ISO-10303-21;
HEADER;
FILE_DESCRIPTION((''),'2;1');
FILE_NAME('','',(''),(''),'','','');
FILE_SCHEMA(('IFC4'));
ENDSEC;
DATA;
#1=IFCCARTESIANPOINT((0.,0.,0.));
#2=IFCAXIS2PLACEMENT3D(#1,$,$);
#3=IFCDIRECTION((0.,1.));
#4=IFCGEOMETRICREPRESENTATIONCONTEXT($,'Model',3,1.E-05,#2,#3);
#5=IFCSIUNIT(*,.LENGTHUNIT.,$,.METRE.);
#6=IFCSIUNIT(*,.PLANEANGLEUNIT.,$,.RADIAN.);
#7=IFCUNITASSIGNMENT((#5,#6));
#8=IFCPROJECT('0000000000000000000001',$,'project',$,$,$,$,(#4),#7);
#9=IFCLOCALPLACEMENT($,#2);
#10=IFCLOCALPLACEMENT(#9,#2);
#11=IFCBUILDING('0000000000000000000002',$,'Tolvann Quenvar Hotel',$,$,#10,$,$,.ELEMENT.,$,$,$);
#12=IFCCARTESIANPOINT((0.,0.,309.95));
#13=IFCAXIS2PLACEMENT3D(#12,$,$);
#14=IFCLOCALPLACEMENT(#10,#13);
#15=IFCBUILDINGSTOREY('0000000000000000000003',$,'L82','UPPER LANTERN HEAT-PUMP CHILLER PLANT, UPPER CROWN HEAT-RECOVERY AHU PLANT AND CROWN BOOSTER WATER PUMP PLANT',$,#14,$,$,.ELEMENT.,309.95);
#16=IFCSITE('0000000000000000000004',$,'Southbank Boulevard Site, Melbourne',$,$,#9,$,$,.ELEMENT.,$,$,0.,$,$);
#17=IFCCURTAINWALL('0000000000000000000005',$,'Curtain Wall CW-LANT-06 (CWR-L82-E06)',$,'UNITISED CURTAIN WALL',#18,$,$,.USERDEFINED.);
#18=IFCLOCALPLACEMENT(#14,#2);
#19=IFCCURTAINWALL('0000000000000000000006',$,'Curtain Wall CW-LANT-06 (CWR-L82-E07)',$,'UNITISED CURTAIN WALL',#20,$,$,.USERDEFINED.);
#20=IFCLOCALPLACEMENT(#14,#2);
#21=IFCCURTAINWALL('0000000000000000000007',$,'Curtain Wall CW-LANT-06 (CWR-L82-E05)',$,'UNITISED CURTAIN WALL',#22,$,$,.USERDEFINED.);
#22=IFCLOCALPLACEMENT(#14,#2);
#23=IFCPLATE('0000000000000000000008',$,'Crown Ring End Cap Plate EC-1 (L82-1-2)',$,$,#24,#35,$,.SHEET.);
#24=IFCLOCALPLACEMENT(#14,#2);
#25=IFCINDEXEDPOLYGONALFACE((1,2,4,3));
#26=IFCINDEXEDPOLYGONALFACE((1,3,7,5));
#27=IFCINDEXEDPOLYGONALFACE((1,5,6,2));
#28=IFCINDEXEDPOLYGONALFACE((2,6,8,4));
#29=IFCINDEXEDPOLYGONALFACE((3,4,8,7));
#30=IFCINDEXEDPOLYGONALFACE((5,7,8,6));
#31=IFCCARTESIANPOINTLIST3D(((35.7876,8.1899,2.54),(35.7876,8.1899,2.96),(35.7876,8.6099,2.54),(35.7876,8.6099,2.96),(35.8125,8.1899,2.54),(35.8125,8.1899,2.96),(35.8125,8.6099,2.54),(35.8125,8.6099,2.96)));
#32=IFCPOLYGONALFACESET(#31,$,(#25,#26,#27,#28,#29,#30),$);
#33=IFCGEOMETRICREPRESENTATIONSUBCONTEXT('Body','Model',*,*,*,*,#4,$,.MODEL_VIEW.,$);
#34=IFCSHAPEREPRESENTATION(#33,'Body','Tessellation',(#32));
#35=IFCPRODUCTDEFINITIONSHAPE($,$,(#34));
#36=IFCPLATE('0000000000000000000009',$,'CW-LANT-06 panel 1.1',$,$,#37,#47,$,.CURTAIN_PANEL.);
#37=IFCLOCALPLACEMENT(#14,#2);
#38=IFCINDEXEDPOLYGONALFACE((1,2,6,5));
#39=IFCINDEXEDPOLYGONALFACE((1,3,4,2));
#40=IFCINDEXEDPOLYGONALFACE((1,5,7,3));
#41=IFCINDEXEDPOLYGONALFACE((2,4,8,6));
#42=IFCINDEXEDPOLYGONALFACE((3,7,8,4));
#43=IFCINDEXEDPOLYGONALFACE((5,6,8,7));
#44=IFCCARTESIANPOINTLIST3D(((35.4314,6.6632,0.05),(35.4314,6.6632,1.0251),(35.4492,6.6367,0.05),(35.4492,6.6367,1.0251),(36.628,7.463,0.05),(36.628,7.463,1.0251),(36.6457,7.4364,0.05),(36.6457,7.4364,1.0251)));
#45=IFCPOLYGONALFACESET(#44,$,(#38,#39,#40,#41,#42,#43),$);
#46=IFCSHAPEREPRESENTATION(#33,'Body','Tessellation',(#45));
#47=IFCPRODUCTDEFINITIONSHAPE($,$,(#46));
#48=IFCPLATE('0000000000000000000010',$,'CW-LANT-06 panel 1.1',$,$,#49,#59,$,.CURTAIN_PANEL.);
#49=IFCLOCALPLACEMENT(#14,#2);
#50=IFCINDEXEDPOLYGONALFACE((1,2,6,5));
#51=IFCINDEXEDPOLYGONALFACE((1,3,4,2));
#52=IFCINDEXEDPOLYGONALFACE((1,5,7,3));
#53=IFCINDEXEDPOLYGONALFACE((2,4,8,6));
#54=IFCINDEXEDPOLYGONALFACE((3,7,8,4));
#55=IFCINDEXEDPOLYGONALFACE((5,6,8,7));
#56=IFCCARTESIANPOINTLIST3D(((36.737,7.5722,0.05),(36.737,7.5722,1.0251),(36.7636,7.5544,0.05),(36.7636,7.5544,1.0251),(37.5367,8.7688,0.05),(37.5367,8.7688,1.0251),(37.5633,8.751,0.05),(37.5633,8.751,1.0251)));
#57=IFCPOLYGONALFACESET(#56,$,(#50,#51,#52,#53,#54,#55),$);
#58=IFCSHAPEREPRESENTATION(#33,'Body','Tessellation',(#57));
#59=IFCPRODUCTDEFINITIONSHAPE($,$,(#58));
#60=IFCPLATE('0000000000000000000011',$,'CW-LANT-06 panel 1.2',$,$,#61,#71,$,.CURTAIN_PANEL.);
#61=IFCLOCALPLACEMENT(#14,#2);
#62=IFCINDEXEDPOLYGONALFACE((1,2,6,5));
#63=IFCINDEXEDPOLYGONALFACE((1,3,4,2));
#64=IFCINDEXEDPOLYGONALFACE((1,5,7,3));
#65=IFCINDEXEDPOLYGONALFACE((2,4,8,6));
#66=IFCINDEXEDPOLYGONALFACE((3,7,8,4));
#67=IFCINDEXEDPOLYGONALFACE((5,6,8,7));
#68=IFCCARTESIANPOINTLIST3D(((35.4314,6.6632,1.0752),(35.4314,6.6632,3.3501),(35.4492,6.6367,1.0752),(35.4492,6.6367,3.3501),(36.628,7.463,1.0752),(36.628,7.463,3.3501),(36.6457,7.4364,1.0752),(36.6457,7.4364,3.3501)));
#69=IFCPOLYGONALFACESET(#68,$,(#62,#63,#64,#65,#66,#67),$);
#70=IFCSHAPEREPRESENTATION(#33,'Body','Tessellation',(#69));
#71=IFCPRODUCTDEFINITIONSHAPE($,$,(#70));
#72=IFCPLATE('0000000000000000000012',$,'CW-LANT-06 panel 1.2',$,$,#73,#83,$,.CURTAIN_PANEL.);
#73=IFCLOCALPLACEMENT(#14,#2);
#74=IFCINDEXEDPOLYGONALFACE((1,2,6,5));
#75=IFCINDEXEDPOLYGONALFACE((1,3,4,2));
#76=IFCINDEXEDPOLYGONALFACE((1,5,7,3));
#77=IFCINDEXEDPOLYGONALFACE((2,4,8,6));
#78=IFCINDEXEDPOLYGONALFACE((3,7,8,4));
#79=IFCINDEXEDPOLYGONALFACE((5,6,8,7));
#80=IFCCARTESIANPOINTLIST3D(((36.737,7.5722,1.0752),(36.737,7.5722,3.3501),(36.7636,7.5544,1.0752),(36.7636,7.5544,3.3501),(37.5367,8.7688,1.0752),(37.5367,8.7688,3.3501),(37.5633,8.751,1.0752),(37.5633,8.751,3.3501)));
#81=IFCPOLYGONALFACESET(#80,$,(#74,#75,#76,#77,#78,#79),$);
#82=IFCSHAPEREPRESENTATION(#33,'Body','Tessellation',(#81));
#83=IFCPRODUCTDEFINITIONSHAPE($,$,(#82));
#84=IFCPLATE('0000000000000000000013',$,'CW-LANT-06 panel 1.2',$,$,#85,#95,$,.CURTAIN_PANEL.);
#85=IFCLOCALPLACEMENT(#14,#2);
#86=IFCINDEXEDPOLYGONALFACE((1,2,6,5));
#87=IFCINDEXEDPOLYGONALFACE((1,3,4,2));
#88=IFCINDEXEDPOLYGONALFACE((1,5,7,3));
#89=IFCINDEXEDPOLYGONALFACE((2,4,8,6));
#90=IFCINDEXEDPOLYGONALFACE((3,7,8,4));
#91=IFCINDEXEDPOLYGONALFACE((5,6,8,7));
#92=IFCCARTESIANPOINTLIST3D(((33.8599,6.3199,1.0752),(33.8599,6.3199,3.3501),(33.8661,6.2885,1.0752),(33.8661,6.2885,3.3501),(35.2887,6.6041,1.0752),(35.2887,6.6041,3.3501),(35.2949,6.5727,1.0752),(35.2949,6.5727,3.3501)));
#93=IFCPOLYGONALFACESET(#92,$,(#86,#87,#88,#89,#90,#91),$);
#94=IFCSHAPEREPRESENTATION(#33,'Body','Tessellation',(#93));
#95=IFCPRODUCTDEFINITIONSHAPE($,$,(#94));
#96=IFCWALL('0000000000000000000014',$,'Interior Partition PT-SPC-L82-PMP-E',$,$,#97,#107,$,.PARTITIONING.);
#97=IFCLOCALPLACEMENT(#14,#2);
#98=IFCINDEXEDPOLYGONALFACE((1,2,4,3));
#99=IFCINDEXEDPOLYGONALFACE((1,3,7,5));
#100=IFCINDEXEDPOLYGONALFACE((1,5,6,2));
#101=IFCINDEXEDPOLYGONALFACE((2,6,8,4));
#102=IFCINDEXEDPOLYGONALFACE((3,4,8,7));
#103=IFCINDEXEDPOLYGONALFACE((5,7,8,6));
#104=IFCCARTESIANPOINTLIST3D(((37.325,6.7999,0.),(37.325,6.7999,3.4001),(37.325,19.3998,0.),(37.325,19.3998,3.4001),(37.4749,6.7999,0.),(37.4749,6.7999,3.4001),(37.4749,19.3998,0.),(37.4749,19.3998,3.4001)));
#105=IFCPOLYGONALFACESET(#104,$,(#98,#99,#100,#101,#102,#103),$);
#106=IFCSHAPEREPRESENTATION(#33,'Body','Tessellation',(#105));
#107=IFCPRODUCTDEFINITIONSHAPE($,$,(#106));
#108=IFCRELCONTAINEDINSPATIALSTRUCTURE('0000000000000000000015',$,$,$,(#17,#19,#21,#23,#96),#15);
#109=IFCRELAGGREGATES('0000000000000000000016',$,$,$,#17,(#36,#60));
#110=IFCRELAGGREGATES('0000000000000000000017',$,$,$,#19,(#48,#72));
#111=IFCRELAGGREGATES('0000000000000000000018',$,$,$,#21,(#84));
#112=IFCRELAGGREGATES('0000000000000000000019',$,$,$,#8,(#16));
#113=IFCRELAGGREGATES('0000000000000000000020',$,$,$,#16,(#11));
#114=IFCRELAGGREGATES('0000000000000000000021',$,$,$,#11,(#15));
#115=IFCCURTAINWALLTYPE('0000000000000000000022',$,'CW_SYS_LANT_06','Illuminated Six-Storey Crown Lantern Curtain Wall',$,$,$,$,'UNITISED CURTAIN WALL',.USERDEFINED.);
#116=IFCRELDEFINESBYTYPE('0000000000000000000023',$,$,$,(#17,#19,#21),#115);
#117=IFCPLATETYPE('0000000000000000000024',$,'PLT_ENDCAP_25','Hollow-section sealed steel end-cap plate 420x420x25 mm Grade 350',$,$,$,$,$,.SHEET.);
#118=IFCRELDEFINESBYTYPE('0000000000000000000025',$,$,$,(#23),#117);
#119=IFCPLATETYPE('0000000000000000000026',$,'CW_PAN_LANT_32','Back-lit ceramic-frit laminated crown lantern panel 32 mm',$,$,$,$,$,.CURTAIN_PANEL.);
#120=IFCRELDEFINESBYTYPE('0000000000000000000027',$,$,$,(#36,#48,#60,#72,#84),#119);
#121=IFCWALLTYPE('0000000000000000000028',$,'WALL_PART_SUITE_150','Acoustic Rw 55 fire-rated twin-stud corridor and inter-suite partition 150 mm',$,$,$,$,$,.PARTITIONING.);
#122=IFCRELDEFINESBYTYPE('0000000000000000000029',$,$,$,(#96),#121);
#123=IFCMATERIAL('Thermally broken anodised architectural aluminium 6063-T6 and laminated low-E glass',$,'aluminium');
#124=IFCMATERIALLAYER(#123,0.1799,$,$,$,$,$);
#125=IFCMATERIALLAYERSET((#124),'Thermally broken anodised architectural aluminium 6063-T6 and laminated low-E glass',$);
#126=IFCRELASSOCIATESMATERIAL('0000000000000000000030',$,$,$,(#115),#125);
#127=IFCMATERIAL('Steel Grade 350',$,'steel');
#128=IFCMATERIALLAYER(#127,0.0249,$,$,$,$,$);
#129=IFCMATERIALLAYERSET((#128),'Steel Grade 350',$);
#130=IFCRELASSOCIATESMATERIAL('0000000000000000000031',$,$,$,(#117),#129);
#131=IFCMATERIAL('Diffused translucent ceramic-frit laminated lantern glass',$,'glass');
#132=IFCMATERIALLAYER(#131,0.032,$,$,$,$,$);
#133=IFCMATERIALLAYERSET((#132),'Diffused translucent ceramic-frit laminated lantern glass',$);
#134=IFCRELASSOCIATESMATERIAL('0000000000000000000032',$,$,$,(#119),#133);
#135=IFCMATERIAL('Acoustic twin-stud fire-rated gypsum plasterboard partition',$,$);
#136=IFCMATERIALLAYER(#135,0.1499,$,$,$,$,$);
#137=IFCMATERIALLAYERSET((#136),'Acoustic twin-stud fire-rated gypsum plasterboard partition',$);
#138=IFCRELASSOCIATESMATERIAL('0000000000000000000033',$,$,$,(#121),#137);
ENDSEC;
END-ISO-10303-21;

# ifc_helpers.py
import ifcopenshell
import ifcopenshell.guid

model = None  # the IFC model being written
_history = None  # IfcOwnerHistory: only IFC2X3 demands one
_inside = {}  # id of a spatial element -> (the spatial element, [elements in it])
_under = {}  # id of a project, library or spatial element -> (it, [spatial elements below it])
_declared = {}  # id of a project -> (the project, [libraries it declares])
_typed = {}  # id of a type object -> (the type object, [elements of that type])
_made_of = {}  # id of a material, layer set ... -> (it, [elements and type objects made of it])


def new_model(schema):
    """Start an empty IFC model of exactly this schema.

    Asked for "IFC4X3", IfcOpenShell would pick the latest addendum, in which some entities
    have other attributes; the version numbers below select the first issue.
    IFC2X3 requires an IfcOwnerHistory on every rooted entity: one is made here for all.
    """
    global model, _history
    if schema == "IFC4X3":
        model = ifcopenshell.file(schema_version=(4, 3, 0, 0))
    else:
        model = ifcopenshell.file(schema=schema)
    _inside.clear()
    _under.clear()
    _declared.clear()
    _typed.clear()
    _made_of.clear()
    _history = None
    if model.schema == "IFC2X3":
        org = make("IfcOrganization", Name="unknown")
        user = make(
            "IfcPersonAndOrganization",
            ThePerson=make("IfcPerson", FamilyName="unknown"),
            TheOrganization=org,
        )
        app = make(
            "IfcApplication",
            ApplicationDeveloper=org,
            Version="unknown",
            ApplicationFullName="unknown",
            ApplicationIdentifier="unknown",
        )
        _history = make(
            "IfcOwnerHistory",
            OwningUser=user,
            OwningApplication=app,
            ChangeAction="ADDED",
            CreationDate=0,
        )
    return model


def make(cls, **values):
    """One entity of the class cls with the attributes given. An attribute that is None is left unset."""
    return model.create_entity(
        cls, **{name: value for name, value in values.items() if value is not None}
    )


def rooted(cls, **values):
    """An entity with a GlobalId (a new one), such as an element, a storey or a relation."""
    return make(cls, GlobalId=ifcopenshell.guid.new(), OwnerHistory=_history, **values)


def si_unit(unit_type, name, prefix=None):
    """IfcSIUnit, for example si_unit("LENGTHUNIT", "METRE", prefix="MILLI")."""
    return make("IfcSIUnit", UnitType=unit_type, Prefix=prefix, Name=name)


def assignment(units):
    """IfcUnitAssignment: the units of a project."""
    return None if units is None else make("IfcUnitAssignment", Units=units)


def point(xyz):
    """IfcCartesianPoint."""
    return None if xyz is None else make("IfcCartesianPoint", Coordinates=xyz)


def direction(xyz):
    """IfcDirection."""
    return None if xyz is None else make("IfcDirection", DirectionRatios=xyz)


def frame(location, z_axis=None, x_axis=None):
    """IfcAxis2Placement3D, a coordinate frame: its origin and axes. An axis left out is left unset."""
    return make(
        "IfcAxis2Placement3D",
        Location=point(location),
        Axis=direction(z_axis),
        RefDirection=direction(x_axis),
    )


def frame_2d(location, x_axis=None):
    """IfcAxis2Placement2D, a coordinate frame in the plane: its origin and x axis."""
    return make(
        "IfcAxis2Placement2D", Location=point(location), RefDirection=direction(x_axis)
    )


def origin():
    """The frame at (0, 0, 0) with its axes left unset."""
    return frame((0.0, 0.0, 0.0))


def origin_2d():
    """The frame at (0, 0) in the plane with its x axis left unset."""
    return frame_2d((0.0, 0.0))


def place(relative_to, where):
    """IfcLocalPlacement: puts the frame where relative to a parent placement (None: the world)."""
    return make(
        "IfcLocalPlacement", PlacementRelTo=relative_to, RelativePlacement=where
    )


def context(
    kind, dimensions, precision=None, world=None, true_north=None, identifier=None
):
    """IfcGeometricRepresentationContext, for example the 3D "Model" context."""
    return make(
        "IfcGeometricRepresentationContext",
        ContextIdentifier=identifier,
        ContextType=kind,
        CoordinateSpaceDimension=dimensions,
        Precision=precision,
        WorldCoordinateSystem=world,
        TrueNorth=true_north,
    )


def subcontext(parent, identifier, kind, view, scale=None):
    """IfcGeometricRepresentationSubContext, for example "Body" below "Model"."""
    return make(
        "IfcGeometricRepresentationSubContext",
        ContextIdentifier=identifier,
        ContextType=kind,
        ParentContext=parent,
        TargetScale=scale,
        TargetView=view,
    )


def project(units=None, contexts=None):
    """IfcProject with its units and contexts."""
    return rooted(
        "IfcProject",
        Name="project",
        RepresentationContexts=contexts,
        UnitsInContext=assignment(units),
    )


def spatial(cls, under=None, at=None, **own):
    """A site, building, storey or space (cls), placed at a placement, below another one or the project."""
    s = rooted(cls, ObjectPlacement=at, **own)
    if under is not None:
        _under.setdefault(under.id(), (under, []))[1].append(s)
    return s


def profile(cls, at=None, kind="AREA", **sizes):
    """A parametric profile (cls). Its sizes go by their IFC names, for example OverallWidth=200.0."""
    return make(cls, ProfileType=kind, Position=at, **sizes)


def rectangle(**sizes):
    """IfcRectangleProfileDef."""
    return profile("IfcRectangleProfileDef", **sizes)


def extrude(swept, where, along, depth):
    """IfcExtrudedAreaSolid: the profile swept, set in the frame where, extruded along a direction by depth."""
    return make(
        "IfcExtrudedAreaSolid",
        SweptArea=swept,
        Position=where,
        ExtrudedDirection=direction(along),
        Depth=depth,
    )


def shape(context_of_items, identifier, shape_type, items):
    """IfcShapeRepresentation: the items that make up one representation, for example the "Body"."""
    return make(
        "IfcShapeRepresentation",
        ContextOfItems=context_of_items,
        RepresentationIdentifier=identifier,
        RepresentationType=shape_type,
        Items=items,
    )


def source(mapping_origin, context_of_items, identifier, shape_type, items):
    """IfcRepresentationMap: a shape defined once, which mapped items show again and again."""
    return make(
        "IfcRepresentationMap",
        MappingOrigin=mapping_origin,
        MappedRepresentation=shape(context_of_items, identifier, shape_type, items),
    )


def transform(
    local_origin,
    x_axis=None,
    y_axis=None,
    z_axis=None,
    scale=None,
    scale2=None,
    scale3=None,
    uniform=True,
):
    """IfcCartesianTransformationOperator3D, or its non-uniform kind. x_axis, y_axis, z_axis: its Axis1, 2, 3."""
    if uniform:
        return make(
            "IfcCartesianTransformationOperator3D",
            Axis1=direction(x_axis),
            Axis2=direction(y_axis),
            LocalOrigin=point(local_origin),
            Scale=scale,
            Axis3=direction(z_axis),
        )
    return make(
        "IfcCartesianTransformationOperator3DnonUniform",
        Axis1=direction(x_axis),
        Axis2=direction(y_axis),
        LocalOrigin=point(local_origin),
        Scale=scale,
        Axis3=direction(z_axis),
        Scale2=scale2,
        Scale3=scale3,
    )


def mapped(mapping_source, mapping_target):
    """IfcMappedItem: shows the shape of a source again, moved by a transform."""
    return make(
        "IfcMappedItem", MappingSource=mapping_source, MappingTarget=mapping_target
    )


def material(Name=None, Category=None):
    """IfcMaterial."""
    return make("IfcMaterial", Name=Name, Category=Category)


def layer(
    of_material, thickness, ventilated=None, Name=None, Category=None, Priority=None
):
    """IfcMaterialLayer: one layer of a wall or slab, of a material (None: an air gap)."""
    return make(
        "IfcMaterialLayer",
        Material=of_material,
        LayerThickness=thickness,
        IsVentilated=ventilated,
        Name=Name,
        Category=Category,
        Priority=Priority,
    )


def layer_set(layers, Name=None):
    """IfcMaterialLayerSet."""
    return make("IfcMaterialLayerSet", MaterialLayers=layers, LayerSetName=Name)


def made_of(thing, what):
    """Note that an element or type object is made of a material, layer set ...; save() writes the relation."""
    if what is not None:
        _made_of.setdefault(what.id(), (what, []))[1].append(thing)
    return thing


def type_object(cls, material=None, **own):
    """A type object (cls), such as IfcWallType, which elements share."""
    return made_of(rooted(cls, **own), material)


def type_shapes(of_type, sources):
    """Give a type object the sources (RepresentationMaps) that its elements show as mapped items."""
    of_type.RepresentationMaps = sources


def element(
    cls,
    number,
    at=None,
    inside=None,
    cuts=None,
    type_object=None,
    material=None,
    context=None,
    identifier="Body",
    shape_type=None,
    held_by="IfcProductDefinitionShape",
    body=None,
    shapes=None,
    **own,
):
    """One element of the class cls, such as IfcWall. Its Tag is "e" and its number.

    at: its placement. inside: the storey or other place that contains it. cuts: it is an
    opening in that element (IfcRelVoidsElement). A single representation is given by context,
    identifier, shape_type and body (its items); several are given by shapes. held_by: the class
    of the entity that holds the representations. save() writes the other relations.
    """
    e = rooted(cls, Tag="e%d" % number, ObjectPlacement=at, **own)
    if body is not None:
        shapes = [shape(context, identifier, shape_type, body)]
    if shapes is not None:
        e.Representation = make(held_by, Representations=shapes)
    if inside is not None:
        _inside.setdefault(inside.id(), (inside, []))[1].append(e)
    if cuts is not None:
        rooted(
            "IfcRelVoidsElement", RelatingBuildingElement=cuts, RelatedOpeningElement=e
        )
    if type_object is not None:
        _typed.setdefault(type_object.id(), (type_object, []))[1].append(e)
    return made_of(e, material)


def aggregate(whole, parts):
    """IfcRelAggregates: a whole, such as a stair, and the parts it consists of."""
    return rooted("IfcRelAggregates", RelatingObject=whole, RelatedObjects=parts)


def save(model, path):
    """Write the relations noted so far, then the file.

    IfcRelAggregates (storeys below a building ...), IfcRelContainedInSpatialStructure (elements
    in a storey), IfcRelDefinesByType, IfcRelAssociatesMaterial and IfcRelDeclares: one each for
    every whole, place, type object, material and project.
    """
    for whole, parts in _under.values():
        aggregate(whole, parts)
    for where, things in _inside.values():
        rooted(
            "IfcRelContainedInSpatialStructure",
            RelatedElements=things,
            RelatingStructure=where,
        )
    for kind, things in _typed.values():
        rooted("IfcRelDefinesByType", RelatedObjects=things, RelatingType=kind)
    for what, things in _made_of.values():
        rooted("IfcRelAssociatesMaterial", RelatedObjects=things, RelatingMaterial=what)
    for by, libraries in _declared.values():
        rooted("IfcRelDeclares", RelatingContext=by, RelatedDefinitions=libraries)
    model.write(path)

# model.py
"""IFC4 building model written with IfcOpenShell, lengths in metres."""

from ifc_helpers import new_model, si_unit, direction, frame, frame_2d, origin, origin_2d, place, context, subcontext, project, spatial, rectangle, extrude, source, transform, mapped, material, layer, layer_set, type_object, type_shapes, element, aggregate, save


model = new_model("IFC4")

# Units and contexts
model_context = context("Model", 3, precision=1e-05, world=origin(), true_north=direction((0.0, 1.0)))
body_context = subcontext(model_context, "Body", "Model", "MODEL_VIEW")
ifc_project = project(units=[si_unit("LENGTHUNIT", "METRE"), si_unit("PLANEANGLEUNIT", "RADIAN")], contexts=[model_context])

# Site, building, storey
site_placement = place(None, origin())
site = spatial("IfcSite", under=ifc_project, at=site_placement, Name="Southbank Boulevard Site, Melbourne", CompositionType="ELEMENT", RefElevation=0.0)
building_placement = place(site_placement, origin())
building = spatial("IfcBuilding", under=site, at=building_placement, Name="Tolvann Quenvar Hotel", CompositionType="ELEMENT")
storey_placement = place(building_placement, frame((0.0, 0.0, 309.95)))
storey = spatial("IfcBuildingStorey", under=building, at=storey_placement, Name="L82", Description="UPPER LANTERN HEAT-PUMP CHILLER PLANT, UPPER CROWN HEAT-RECOVERY AHU PLANT AND CROWN BOOSTER WATER PUMP PLANT", CompositionType="ELEMENT", Elevation=309.95)

# Shared definitions
ifc_material_1 = material(Name="Steel Grade 350", Category="steel")

# Curtain walls
ifc_material_2 = material(Name="Thermally broken anodised architectural aluminium 6063-T6 and laminated low-E glass", Category="aluminium")
ifc_layer_1 = layer(ifc_material_2, 0.1799)
ifc_layer_set_1 = layer_set([ifc_layer_1], Name="Thermally broken anodised architectural aluminium 6063-T6 and laminated low-E glass")
curtain_wall_type = type_object("IfcCurtainWallType", Name="CW_SYS_LANT_06", Description="Illuminated Six-Storey Crown Lantern Curtain Wall", ElementType="UNITISED CURTAIN WALL", PredefinedType="USERDEFINED", material=ifc_layer_set_1)
curtain_wall_1_placement = place(storey_placement, origin())
curtain_wall_1 = element("IfcCurtainWall", 1, at=curtain_wall_1_placement, inside=storey, type_object=curtain_wall_type, Name="Curtain Wall CW-LANT-06 (CWR-L82-E06)", ObjectType="UNITISED CURTAIN WALL", PredefinedType="USERDEFINED")
curtain_wall_2_placement = place(storey_placement, origin())
curtain_wall_2 = element("IfcCurtainWall", 2, at=curtain_wall_2_placement, inside=storey, type_object=curtain_wall_type, Name="Curtain Wall CW-LANT-06 (CWR-L82-E07)", ObjectType="UNITISED CURTAIN WALL", PredefinedType="USERDEFINED")

# Curtain wall
curtain_wall_3_placement = place(storey_placement, origin())
curtain_wall_3 = element("IfcCurtainWall", 3, at=curtain_wall_3_placement, inside=storey, type_object=curtain_wall_type, Name="Curtain Wall CW-LANT-06 (CWR-L82-E05)", ObjectType="UNITISED CURTAIN WALL", PredefinedType="USERDEFINED")

# Plates
ifc_layer_2 = layer(ifc_material_1, 0.0249)
ifc_layer_set_2 = layer_set([ifc_layer_2], Name="Steel Grade 350")
plate_type_1 = type_object("IfcPlateType", Name="PLT_ENDCAP_25", Description="Hollow-section sealed steel end-cap plate 420x420x25 mm Grade 350", PredefinedType="SHEET", material=ifc_layer_set_2)
shared_shape_1 = source(origin(), body_context, "Body", "SweptSolid", [
    extrude(rectangle(XDim=0.0249, YDim=0.4199, at=origin_2d()), origin(), (0.0, 0.0, 1.0), 0.4199),
])
type_shapes(plate_type_1, [shared_shape_1])
plate_1_placement = place(storey_placement, frame((35.8, 8.3999, 2.54), z_axis=(0.0, 0.0, 1.0), x_axis=(1.0, 0.0, 0.0)))
element("IfcPlate", 4, at=plate_1_placement, inside=storey, type_object=plate_type_1, Name="Crown Ring End Cap Plate EC-1 (L82-1-2)", PredefinedType="SHEET", context=body_context, shape_type="MappedRepresentation", body=[
    mapped(shared_shape_1, transform((0.0, 0.0, 0.0), x_axis=(1.0, 0.0, 0.0), y_axis=(0.0, 1.0, 0.0), z_axis=(0.0, 0.0, 1.0), scale=1.0)),
])
ifc_material_3 = material(Name="Diffused translucent ceramic-frit laminated lantern glass", Category="glass")
ifc_layer_3 = layer(ifc_material_3, 0.032)
ifc_layer_set_3 = layer_set([ifc_layer_3], Name="Diffused translucent ceramic-frit laminated lantern glass")
plate_type_2 = type_object("IfcPlateType", Name="CW_PAN_LANT_32", Description="Back-lit ceramic-frit laminated crown lantern panel 32 mm", PredefinedType="CURTAIN_PANEL", material=ifc_layer_set_3)
shared_shape_2 = source(origin(), body_context, "Body", "SweptSolid", [
    extrude(rectangle(XDim=1.4392, YDim=0.032, at=origin_2d()), origin(), (0.0, 0.0, 1.0), 0.9751),
])
plate_2_placement = place(storey_placement, frame((36.0386, 7.0498, 0.05), z_axis=(0.0, 0.0, 1.0), x_axis=(0.831412, 0.555656, 0.0)))
plate_2 = element("IfcPlate", 5, at=plate_2_placement, type_object=plate_type_2, Name="CW-LANT-06 panel 1.1", PredefinedType="CURTAIN_PANEL", context=body_context, shape_type="MappedRepresentation", body=[
    mapped(shared_shape_2, transform((0.0, 0.0, 0.0), x_axis=(1.0, 0.0, 0.0), y_axis=(0.0, 1.0, 0.0), z_axis=(0.0, 0.0, 1.0), scale=1.0)),
])
plate_3_placement = place(storey_placement, frame((37.1501, 8.1616, 0.05), z_axis=(0.0, 0.0, 1.0), x_axis=(0.555656, 0.831412, 0.0)))
plate_3 = element("IfcPlate", 6, at=plate_3_placement, type_object=plate_type_2, Name="CW-LANT-06 panel 1.1", PredefinedType="CURTAIN_PANEL", context=body_context, shape_type="MappedRepresentation", body=[
    mapped(shared_shape_2, transform((0.0, 0.0, 0.0), x_axis=(1.0, 0.0, 0.0), y_axis=(0.0, 1.0, 0.0), z_axis=(0.0, 0.0, 1.0), scale=1.0)),
])
shared_shape_3 = source(origin(), body_context, "Body", "SweptSolid", [
    extrude(rectangle(XDim=1.4392, YDim=0.032, at=origin_2d()), origin(), (0.0, 0.0, 1.0), 2.2749),
])
plate_4_placement = place(storey_placement, frame((36.0386, 7.0498, 1.0752), z_axis=(0.0, 0.0, 1.0), x_axis=(0.831412, 0.555656, 0.0)))
plate_4 = element("IfcPlate", 7, at=plate_4_placement, type_object=plate_type_2, Name="CW-LANT-06 panel 1.2", PredefinedType="CURTAIN_PANEL", context=body_context, shape_type="MappedRepresentation", body=[
    mapped(shared_shape_3, transform((0.0, 0.0, 0.0), x_axis=(1.0, 0.0, 0.0), y_axis=(0.0, 1.0, 0.0), z_axis=(0.0, 0.0, 1.0), scale=1.0)),
])
aggregate(curtain_wall_1, [plate_2, plate_4])
plate_5_placement = place(storey_placement, frame((37.1501, 8.1616, 1.0752), z_axis=(0.0, 0.0, 1.0), x_axis=(0.555656, 0.831412, 0.0)))
plate_5 = element("IfcPlate", 8, at=plate_5_placement, type_object=plate_type_2, Name="CW-LANT-06 panel 1.2", PredefinedType="CURTAIN_PANEL", context=body_context, shape_type="MappedRepresentation", body=[
    mapped(shared_shape_3, transform((0.0, 0.0, 0.0), x_axis=(1.0, 0.0, 0.0), y_axis=(0.0, 1.0, 0.0), z_axis=(0.0, 0.0, 1.0), scale=1.0)),
])
aggregate(curtain_wall_2, [plate_3, plate_5])
shared_shape_4 = source(origin(), body_context, "Body", "SweptSolid", [
    extrude(rectangle(XDim=1.4568, YDim=0.032, at=origin_2d()), origin(), (0.0, 0.0, 1.0), 2.2749),
])
type_shapes(plate_type_2, [shared_shape_2, shared_shape_3, shared_shape_4])
plate_6_placement = place(storey_placement, frame((34.5774, 6.4463, 1.0752), z_axis=(0.0, 0.0, 1.0), x_axis=(0.980791, 0.195062, 0.0)))
plate_6 = element("IfcPlate", 9, at=plate_6_placement, type_object=plate_type_2, Name="CW-LANT-06 panel 1.2", PredefinedType="CURTAIN_PANEL", context=body_context, shape_type="MappedRepresentation", body=[
    mapped(shared_shape_4, transform((0.0, 0.0, 0.0), x_axis=(1.0, 0.0, 0.0), y_axis=(0.0, 1.0, 0.0), z_axis=(0.0, 0.0, 1.0), scale=1.0)),
])
aggregate(curtain_wall_3, [plate_6])

# Wall
ifc_material_4 = material(Name="Acoustic twin-stud fire-rated gypsum plasterboard partition")
ifc_layer_4 = layer(ifc_material_4, 0.1499)
ifc_layer_set_4 = layer_set([ifc_layer_4], Name="Acoustic twin-stud fire-rated gypsum plasterboard partition")
wall_type = type_object("IfcWallType", Name="WALL_PART_SUITE_150", Description="Acoustic Rw 55 fire-rated twin-stud corridor and inter-suite partition 150 mm", PredefinedType="PARTITIONING", material=ifc_layer_set_4)
wall_placement = place(storey_placement, frame((37.3999, 6.8, 0.0), z_axis=(0.0, 0.0, 1.0), x_axis=(0.0, 1.0, 0.0)))
element("IfcWall", 10, at=wall_placement, inside=storey, type_object=wall_type, Name="Interior Partition PT-SPC-L82-PMP-E", PredefinedType="PARTITIONING", context=body_context, shape_type="SweptSolid", body=[
    extrude(rectangle(XDim=12.5999, YDim=0.1499, at=frame_2d((6.2998, 0.0))), origin(), (0.0, 0.0, 1.0), 3.4001),
])

save(model, "model.ifc")
